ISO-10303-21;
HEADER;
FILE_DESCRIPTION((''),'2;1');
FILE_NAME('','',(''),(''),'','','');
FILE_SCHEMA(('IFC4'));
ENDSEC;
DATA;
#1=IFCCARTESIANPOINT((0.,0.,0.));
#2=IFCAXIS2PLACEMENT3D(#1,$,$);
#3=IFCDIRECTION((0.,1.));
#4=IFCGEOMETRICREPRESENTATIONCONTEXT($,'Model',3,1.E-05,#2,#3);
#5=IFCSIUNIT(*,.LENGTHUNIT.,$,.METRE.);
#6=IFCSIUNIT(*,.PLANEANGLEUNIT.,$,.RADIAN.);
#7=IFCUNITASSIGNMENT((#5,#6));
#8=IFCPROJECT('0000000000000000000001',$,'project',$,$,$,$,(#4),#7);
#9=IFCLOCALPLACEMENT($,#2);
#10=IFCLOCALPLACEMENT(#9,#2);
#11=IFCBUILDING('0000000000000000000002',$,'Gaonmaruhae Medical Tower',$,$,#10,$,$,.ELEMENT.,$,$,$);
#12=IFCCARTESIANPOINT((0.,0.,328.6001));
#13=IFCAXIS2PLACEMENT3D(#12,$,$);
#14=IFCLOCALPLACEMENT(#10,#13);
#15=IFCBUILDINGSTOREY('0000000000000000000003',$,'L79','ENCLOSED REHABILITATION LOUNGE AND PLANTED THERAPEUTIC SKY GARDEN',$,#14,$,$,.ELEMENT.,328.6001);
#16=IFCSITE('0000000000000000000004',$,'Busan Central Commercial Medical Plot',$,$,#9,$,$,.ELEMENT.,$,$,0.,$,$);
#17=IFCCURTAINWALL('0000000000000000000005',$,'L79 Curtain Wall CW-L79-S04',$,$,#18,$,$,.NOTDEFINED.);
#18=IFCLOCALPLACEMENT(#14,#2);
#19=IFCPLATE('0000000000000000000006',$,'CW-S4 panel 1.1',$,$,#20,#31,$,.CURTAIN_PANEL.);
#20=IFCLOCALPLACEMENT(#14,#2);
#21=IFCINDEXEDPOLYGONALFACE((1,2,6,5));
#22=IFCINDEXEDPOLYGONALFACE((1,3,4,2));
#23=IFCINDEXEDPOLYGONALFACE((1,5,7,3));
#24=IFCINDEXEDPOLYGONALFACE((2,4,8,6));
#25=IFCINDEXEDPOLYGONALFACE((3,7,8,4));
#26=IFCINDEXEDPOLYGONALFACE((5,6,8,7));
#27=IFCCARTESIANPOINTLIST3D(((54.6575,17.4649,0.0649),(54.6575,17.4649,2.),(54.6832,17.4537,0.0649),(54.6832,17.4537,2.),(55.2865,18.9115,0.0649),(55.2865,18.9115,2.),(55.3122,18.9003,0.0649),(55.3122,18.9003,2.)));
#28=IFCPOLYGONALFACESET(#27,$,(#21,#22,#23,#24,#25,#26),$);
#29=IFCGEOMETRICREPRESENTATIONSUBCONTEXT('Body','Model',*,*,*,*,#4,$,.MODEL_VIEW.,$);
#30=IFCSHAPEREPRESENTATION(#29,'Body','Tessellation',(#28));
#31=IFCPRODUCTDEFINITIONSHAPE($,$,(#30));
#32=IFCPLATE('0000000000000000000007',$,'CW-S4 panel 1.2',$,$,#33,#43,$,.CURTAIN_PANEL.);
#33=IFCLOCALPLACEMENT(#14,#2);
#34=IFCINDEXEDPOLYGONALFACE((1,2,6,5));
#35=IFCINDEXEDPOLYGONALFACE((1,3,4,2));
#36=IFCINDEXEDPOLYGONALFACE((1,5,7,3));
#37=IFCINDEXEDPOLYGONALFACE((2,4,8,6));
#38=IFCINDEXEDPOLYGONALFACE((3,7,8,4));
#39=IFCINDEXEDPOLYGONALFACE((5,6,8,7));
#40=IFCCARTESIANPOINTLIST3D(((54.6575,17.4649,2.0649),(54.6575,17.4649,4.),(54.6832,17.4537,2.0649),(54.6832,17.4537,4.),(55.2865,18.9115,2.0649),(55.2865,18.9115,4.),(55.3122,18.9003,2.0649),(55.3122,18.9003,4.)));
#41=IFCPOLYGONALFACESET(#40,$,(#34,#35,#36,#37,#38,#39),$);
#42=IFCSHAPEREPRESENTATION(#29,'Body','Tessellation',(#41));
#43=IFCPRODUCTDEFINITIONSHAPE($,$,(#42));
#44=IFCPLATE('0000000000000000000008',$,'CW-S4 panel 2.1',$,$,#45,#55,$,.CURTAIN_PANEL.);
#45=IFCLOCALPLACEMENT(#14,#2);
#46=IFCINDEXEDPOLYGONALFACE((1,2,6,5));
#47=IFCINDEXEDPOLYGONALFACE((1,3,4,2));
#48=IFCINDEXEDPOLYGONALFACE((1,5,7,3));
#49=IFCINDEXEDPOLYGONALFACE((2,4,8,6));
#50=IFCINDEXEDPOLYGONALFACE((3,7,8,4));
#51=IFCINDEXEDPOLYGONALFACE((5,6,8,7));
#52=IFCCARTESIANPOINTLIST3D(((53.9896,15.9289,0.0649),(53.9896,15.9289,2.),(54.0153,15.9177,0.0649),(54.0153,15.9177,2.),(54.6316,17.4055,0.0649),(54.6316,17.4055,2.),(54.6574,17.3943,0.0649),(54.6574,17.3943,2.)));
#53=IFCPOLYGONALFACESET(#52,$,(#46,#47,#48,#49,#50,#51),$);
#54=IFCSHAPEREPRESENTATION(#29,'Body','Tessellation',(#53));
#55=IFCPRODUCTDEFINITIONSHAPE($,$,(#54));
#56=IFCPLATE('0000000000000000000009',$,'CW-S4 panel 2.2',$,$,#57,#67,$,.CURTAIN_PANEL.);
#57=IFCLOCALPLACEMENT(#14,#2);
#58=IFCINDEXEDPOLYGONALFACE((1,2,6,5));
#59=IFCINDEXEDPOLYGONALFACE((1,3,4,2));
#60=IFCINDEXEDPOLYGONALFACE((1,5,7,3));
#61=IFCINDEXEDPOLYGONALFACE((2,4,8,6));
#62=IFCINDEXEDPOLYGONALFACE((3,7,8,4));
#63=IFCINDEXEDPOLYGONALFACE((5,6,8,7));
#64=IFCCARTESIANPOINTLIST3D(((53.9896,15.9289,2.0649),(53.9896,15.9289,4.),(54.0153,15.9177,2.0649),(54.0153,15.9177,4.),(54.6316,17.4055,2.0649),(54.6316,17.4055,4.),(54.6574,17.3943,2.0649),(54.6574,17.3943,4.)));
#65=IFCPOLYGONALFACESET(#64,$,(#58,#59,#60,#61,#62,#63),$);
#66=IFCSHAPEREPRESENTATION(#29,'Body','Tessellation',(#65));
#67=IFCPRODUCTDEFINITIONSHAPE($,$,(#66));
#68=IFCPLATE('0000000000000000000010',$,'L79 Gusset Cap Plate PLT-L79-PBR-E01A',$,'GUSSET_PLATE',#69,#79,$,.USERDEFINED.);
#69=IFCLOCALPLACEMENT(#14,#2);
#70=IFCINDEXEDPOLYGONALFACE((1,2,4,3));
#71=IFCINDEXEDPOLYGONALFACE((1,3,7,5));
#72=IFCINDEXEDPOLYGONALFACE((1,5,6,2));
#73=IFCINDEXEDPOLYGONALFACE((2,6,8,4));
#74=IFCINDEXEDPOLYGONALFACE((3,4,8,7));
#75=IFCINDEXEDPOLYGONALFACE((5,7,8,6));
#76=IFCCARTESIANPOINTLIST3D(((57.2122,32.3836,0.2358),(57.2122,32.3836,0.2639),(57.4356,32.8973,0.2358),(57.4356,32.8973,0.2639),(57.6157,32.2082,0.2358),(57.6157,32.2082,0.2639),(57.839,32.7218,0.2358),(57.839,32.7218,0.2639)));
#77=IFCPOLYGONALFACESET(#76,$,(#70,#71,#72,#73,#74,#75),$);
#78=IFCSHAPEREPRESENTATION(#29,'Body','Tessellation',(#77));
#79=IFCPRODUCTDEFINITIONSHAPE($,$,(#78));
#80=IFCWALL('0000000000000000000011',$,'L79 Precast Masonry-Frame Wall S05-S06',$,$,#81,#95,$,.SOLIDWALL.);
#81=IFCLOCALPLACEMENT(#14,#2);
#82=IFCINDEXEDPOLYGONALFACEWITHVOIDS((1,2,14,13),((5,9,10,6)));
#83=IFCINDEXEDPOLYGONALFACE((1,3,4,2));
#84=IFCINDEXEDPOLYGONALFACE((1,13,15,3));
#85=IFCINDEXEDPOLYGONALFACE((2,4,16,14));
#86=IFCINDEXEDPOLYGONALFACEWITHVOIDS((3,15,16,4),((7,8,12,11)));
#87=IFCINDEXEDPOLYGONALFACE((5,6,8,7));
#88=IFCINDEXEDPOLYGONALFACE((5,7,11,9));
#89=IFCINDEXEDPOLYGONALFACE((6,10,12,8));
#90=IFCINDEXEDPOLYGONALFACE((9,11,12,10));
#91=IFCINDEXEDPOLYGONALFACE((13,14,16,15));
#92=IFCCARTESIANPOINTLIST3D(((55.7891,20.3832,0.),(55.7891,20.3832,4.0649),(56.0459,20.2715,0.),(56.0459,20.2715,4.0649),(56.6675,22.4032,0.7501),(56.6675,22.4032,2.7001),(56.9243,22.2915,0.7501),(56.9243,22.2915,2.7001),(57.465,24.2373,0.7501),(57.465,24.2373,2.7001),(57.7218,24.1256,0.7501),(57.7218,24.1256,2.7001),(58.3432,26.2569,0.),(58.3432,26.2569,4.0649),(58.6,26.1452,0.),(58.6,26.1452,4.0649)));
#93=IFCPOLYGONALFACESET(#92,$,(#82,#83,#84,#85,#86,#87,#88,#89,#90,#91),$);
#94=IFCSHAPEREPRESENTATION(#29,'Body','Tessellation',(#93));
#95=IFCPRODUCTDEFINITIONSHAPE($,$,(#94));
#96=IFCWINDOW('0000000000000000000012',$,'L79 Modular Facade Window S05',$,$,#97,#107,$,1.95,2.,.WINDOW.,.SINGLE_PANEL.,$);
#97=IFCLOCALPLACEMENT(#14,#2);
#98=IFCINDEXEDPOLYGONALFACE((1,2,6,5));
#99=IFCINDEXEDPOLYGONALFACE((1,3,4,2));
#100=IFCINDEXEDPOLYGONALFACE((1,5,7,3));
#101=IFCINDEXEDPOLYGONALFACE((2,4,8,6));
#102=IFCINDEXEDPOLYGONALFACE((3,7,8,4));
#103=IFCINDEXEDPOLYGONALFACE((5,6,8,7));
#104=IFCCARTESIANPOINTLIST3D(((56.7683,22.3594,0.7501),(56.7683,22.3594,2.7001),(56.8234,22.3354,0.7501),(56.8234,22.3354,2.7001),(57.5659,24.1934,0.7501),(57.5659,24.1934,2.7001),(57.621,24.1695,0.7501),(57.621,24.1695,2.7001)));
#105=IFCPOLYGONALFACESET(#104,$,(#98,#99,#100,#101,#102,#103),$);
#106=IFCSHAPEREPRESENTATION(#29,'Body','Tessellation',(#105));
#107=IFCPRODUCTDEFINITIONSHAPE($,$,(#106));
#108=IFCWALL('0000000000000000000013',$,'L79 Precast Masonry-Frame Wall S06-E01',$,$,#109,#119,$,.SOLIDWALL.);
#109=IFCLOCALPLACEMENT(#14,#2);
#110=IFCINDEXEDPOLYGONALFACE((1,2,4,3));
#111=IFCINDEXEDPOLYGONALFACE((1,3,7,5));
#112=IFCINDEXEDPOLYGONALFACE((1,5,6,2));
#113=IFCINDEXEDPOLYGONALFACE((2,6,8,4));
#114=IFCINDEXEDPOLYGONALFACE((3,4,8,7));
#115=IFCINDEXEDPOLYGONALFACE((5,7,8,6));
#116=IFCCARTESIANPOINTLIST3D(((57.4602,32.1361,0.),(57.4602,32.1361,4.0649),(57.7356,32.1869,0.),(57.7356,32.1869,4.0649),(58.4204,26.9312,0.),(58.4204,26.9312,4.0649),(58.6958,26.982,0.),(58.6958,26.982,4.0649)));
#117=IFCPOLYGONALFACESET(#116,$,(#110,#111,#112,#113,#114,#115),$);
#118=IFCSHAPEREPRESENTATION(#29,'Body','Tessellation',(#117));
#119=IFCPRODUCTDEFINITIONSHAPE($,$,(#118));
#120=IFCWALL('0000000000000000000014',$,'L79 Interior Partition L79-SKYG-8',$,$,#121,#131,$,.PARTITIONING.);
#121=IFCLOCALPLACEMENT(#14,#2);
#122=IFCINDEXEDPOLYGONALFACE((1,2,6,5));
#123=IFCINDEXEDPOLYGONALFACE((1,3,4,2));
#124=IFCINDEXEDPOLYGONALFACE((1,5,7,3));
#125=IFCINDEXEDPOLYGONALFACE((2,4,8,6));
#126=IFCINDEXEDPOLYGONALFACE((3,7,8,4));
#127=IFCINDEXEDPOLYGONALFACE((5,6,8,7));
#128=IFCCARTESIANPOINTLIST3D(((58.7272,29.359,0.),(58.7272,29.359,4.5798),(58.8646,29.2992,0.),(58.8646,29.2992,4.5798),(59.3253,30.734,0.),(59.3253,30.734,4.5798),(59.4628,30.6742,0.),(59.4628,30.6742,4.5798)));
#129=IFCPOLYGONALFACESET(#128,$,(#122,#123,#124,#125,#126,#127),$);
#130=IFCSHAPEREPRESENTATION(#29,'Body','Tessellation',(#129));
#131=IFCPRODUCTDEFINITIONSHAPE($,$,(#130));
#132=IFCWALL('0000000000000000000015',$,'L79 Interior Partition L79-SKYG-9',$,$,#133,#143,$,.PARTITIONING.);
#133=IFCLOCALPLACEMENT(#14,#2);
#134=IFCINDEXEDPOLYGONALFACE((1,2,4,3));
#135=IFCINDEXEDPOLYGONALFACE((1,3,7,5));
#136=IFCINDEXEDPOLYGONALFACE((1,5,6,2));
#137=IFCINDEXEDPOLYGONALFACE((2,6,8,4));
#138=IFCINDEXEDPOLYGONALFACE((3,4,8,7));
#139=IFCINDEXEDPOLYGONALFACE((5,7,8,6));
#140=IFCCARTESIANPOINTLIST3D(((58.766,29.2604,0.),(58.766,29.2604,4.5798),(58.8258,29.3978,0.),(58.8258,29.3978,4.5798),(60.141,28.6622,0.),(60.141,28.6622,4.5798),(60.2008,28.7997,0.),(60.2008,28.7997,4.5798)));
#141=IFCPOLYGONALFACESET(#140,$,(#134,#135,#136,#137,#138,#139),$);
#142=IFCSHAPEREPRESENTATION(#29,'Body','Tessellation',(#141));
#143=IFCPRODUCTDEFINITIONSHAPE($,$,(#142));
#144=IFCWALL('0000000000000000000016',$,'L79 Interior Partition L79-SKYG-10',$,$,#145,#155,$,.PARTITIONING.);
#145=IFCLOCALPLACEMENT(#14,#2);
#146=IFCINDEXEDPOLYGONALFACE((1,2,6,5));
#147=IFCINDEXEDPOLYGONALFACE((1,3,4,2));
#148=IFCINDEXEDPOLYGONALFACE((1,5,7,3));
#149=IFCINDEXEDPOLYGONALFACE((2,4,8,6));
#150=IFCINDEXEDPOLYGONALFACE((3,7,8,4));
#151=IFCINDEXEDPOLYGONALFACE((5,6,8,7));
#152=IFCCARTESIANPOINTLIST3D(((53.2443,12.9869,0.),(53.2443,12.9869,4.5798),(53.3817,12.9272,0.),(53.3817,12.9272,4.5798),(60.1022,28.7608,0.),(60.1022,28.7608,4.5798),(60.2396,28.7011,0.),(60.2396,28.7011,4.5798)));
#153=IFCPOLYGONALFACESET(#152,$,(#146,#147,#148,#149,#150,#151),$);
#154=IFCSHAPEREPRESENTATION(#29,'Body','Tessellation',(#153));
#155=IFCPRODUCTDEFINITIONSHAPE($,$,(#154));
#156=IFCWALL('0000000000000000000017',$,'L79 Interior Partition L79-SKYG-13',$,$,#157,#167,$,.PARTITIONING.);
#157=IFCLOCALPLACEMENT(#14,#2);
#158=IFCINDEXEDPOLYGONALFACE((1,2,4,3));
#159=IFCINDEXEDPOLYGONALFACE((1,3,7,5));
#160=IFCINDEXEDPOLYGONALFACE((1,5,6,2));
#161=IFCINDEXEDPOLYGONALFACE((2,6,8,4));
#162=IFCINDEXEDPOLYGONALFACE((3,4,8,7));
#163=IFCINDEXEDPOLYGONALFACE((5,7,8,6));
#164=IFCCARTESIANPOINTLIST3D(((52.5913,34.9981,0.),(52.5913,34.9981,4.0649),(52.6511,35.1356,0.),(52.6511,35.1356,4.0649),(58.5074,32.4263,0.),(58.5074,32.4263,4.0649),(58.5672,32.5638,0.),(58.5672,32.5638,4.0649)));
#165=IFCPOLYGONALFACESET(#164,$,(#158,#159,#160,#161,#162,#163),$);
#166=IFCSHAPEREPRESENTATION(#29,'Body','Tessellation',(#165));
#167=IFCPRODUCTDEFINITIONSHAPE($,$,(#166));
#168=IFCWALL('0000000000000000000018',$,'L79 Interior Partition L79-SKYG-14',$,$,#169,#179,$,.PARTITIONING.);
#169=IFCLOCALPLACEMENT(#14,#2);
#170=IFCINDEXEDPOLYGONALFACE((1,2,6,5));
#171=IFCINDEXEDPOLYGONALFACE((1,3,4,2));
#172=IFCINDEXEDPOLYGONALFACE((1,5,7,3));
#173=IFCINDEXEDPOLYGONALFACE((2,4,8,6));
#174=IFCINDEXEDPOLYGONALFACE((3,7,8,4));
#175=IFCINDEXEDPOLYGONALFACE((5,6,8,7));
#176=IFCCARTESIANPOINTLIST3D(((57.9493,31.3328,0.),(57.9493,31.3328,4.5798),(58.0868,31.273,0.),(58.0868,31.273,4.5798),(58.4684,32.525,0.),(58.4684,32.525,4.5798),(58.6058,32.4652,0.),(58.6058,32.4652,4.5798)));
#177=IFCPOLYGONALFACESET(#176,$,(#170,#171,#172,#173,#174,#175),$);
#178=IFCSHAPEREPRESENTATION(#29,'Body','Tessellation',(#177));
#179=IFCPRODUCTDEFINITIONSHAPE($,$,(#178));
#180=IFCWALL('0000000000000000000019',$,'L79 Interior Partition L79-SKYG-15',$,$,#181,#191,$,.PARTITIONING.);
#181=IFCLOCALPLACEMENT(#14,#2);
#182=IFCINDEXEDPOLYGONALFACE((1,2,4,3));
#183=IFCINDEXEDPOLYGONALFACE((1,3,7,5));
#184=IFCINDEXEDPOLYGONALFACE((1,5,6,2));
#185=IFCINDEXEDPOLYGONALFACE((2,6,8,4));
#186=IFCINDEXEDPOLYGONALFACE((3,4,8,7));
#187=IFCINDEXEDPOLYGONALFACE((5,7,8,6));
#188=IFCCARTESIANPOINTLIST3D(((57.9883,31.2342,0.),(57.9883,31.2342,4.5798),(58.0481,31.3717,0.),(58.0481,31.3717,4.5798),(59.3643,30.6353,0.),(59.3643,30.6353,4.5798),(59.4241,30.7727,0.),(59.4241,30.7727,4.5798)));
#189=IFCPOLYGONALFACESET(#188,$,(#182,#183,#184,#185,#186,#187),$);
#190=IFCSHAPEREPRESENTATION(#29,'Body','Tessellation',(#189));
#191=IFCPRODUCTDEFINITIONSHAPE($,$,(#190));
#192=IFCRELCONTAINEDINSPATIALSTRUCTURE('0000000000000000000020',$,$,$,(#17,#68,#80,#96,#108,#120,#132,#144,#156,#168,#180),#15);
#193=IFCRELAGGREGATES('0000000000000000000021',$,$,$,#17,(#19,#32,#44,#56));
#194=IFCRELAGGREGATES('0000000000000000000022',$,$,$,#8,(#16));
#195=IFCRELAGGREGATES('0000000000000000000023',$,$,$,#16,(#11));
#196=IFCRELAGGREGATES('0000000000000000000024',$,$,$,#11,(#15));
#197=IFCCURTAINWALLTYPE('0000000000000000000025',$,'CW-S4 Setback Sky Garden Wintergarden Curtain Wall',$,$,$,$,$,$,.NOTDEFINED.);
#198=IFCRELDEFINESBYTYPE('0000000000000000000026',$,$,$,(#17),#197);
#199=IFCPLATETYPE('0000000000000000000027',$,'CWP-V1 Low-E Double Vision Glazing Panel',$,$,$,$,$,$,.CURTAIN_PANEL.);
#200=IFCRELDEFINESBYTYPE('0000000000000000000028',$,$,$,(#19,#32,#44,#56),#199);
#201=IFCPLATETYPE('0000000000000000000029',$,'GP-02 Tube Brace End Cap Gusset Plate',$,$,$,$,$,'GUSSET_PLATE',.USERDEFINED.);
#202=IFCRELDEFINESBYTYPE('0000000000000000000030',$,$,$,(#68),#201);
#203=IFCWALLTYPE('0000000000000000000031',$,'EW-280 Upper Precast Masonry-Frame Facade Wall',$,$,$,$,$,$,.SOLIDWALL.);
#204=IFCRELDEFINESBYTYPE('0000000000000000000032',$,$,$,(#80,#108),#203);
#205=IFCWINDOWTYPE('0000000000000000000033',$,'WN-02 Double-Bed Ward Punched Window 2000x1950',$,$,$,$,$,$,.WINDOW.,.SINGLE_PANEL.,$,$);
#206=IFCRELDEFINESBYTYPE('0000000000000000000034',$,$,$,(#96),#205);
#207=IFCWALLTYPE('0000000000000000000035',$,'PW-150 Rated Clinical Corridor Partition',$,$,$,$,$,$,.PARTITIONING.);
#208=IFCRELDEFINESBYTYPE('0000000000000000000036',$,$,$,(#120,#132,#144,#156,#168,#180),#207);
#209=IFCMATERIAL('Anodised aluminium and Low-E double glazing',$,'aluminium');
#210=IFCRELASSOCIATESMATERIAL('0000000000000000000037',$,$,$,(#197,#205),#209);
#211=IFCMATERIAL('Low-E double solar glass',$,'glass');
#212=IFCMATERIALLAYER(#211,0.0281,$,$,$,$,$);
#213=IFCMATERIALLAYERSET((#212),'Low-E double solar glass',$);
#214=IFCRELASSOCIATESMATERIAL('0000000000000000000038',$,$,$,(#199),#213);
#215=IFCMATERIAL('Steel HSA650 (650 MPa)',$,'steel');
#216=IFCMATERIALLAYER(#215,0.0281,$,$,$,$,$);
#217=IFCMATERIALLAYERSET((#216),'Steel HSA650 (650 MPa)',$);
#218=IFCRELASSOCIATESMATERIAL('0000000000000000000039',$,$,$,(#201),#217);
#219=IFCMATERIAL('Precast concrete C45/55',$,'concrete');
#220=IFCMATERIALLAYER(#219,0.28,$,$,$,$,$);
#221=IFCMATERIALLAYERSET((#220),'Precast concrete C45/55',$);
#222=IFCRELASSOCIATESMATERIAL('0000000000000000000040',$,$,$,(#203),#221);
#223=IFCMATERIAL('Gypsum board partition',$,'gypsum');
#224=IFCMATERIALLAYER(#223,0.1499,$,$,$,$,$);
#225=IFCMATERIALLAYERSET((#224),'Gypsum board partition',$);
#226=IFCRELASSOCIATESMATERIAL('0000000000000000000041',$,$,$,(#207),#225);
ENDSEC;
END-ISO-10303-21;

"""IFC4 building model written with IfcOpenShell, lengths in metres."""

from ifc_helpers import new_model, si_unit, direction, frame, frame_2d, origin, origin_2d, place, context, subcontext, project, spatial, rectangle, extrude, material, layer, layer_set, type_object, element, fill, aggregate, save


model = new_model("IFC4")

# Units and contexts
model_context = context("Model", 3, precision=1e-05, world=origin(), true_north=direction((0.0, 1.0)))
body_context = subcontext(model_context, "Body", "Model", "MODEL_VIEW")
ifc_project = project(units=[si_unit("LENGTHUNIT", "METRE"), si_unit("PLANEANGLEUNIT", "RADIAN")], contexts=[model_context])

# Site, building, storey
site_placement = place(None, origin())
site = spatial("IfcSite", under=ifc_project, at=site_placement, Name="Busan Central Commercial Medical Plot", CompositionType="ELEMENT", RefElevation=0.0)
building_placement = place(site_placement, origin())
building = spatial("IfcBuilding", under=site, at=building_placement, Name="Gaonmaruhae Medical Tower", CompositionType="ELEMENT")
storey_placement = place(building_placement, frame((0.0, 0.0, 328.6001)))
storey = spatial("IfcBuildingStorey", under=building, at=storey_placement, Name="L79", Description="ENCLOSED REHABILITATION LOUNGE AND PLANTED THERAPEUTIC SKY GARDEN", CompositionType="ELEMENT", Elevation=328.6001)

# Curtain wall
ifc_material_1 = material(Name="Anodised aluminium and Low-E double glazing", Category="aluminium")
curtain_wall_type = type_object("IfcCurtainWallType", Name="CW-S4 Setback Sky Garden Wintergarden Curtain Wall", PredefinedType="NOTDEFINED", material=ifc_material_1)
curtain_wall_placement = place(storey_placement, origin())
curtain_wall = element("IfcCurtainWall", 1, at=curtain_wall_placement, inside=storey, type_object=curtain_wall_type, Name="L79 Curtain Wall CW-L79-S04", PredefinedType="NOTDEFINED")

# Plates
ifc_material_2 = material(Name="Low-E double solar glass", Category="glass")
ifc_layer_1 = layer(ifc_material_2, 0.0281)
ifc_layer_set_1 = layer_set([ifc_layer_1], Name="Low-E double solar glass")
plate_type_1 = type_object("IfcPlateType", Name="CWP-V1 Low-E Double Vision Glazing Panel", PredefinedType="CURTAIN_PANEL", material=ifc_layer_set_1)
plate_1_placement = place(storey_placement, frame((54.9849, 18.1826, 0.0649), z_axis=(0.0, 0.0, 1.0), x_axis=(-0.398749, -0.91706, 0.0)))
plate_1 = element("IfcPlate", 2, at=plate_1_placement, type_object=plate_type_1, Name="CW-S4 panel 1.1", PredefinedType="CURTAIN_PANEL", context=body_context, shape_type="SweptSolid", body=[
    extrude(rectangle(XDim=1.5774, YDim=0.0281, at=origin_2d()), origin(), (0.0, 0.0, 1.0), 1.9351),
])
plate_2_placement = place(storey_placement, frame((54.9849, 18.1826, 2.0649), z_axis=(0.0, 0.0, 1.0), x_axis=(-0.398749, -0.91706, 0.0)))
plate_2 = element("IfcPlate", 3, at=plate_2_placement, type_object=plate_type_1, Name="CW-S4 panel 1.2", PredefinedType="CURTAIN_PANEL", context=body_context, shape_type="SweptSolid", body=[
    extrude(rectangle(XDim=1.5774, YDim=0.0281, at=origin_2d()), origin(), (0.0, 0.0, 1.0), 1.9351),
])
plate_3_placement = place(storey_placement, frame((54.3235, 16.6616, 0.0649), z_axis=(0.0, 0.0, 1.0), x_axis=(-0.398749, -0.91706, 0.0)))
plate_3 = element("IfcPlate", 4, at=plate_3_placement, type_object=plate_type_1, Name="CW-S4 panel 2.1", PredefinedType="CURTAIN_PANEL", context=body_context, shape_type="SweptSolid", body=[
    extrude(rectangle(XDim=1.6101, YDim=0.0281, at=origin_2d()), origin(), (0.0, 0.0, 1.0), 1.9351),
])
plate_4_placement = place(storey_placement, frame((54.3235, 16.6616, 2.0649), z_axis=(0.0, 0.0, 1.0), x_axis=(-0.398749, -0.91706, 0.0)))
plate_4 = element("IfcPlate", 5, at=plate_4_placement, type_object=plate_type_1, Name="CW-S4 panel 2.2", PredefinedType="CURTAIN_PANEL", context=body_context, shape_type="SweptSolid", body=[
    extrude(rectangle(XDim=1.6101, YDim=0.0281, at=origin_2d()), origin(), (0.0, 0.0, 1.0), 1.9351),
])
aggregate(curtain_wall, [plate_1, plate_2, plate_3, plate_4])
ifc_material_3 = material(Name="Steel HSA650 (650 MPa)", Category="steel")
ifc_layer_2 = layer(ifc_material_3, 0.0281)
ifc_layer_set_2 = layer_set([ifc_layer_2], Name="Steel HSA650 (650 MPa)")
plate_type_2 = type_object("IfcPlateType", Name="GP-02 Tube Brace End Cap Gusset Plate", ElementType="GUSSET_PLATE", PredefinedType="USERDEFINED", material=ifc_layer_set_2)
plate_5_placement = place(storey_placement, frame((57.5256, 32.5527, 0.2358), z_axis=(0.0, 0.0, 1.0), x_axis=(0.398749, 0.91706, 0.0)))
element("IfcPlate", 6, at=plate_5_placement, inside=storey, type_object=plate_type_2, Name="L79 Gusset Cap Plate PLT-L79-PBR-E01A", ObjectType="GUSSET_PLATE", PredefinedType="USERDEFINED", context=body_context, shape_type="SweptSolid", body=[
    extrude(rectangle(XDim=0.5601, YDim=0.4399, at=origin_2d()), origin(), (0.0, 0.0, 1.0), 0.0281),
])

# Wall, opening, window
ifc_material_4 = material(Name="Precast concrete C45/55", Category="concrete")
ifc_layer_3 = layer(ifc_material_4, 0.28)
ifc_layer_set_3 = layer_set([ifc_layer_3], Name="Precast concrete C45/55")
wall_type_1 = type_object("IfcWallType", Name="EW-280 Upper Precast Masonry-Frame Facade Wall", PredefinedType="SOLIDWALL", material=ifc_layer_set_3)
wall_1_placement = place(storey_placement, frame((58.4717, 26.2012, 0.0), z_axis=(0.0, 0.0, 1.0), x_axis=(-0.398776, -0.917048, 0.0)))
wall_1 = element("IfcWall", 7, at=wall_1_placement, inside=storey, type_object=wall_type_1, Name="L79 Precast Masonry-Frame Wall S05-S06", PredefinedType="SOLIDWALL", context=body_context, shape_type="SweptSolid", body=[
    extrude(rectangle(XDim=6.405, YDim=0.28, at=frame_2d((3.2026, 0.0))), origin(), (0.0, 0.0, 1.0), 4.0649),
])
opening_placement = place(wall_1_placement, frame((2.2024, 0.0, 0.75)))
opening = element("IfcOpeningElement", 8, at=opening_placement, cuts=wall_1, PredefinedType="OPENING", context=body_context, shape_type="SweptSolid", body=[
    extrude(rectangle(XDim=2.0, YDim=1.95, at=frame_2d((1.0, 0.9751))), frame((0.0, 0.1499, 0.0), z_axis=(0.0, -1.0, 0.0), x_axis=(1.0, 0.0, 0.0)), (0.0, 0.0, 1.0), 0.3),
])
window_type = type_object("IfcWindowType", Name="WN-02 Double-Bed Ward Punched Window 2000x1950", PartitioningType="SINGLE_PANEL", PredefinedType="WINDOW", material=ifc_material_1)
window_placement = place(opening_placement, origin())
window = element("IfcWindow", 9, at=window_placement, inside=storey, type_object=window_type, Name="L79 Modular Facade Window S05", OverallHeight=1.95, OverallWidth=2.0, PartitioningType="SINGLE_PANEL", PredefinedType="WINDOW", context=body_context, shape_type="SweptSolid", body=[
    extrude(rectangle(XDim=2.0, YDim=1.95, at=frame_2d((1.0, 0.9751))), frame((0.0, 0.03, 0.0), z_axis=(0.0, -1.0, 0.0), x_axis=(1.0, 0.0, 0.0)), (0.0, 0.0, 1.0), 0.0601),
])
fill(opening, window)

# Walls
wall_2_placement = place(storey_placement, frame((57.5979, 32.1616, 0.0), z_axis=(0.0, 0.0, 1.0), x_axis=(0.181422, -0.983405, 0.0)))
element("IfcWall", 10, at=wall_2_placement, inside=storey, type_object=wall_type_1, Name="L79 Precast Masonry-Frame Wall S06-E01", PredefinedType="SOLIDWALL", context=body_context, shape_type="SweptSolid", body=[
    extrude(rectangle(XDim=5.2927, YDim=0.28, at=frame_2d((2.6465, 0.0))), origin(), (0.0, 0.0, 1.0), 4.0649),
])
ifc_material_5 = material(Name="Gypsum board partition", Category="gypsum")
ifc_layer_4 = layer(ifc_material_5, 0.1499)
ifc_layer_set_4 = layer_set([ifc_layer_4], Name="Gypsum board partition")
wall_type_2 = type_object("IfcWallType", Name="PW-150 Rated Clinical Corridor Partition", PredefinedType="PARTITIONING", material=ifc_layer_set_4)
for number, where, z_axis, x_axis, name in (
    (11, (59.394, 30.7041, 0.0), (0.0, 0.0, 1.0), (-0.398905, -0.916992, 0.0), "L79 Interior Partition L79-SKYG-8"),
    (12, (58.7959, 29.3291, 0.0), (0.0, 0.0, 1.0), (0.916992, -0.398905, 0.0), "L79 Interior Partition L79-SKYG-9"),
):
    element("IfcWall", number, at=place(storey_placement, frame(where, z_axis=z_axis, x_axis=x_axis)), inside=storey, type_object=wall_type_2, Name=name, PredefinedType="PARTITIONING", context=body_context, shape_type="SweptSolid", body=[
        extrude(rectangle(XDim=1.4995, YDim=0.1499, at=frame_2d((0.7498, 0.0))), origin(), (0.0, 0.0, 1.0), 4.5798),
    ])
wall_3_placement = place(storey_placement, frame((60.1709, 28.731, 0.0), z_axis=(0.0, 0.0, 1.0), x_axis=(-0.398711, -0.917077, 0.0)))
element("IfcWall", 13, at=wall_3_placement, inside=storey, type_object=wall_type_2, Name="L79 Interior Partition L79-SKYG-10", PredefinedType="PARTITIONING", context=body_context, shape_type="SweptSolid", body=[
    extrude(rectangle(XDim=17.2002, YDim=0.1499, at=frame_2d((8.6001, 0.0))), origin(), (0.0, 0.0, 1.0), 4.5798),
])
wall_4_placement = place(storey_placement, frame((52.6211, 35.0669, 0.0), z_axis=(0.0, 0.0, 1.0), x_axis=(0.917093, -0.398674, 0.0)))
element("IfcWall", 14, at=wall_4_placement, inside=storey, type_object=wall_type_2, Name="L79 Interior Partition L79-SKYG-13", PredefinedType="PARTITIONING", context=body_context, shape_type="SweptSolid", body=[
    extrude(rectangle(XDim=6.4509, YDim=0.1499, at=frame_2d((3.2256, 0.0))), origin(), (0.0, 0.0, 1.0), 4.0649),
])
wall_5_placement = place(storey_placement, frame((58.5371, 32.4951, 0.0), z_axis=(0.0, 0.0, 1.0), x_axis=(-0.399193, -0.916867, 0.0)))
element("IfcWall", 15, at=wall_5_placement, inside=storey, type_object=wall_type_2, Name="L79 Interior Partition L79-SKYG-14", PredefinedType="PARTITIONING", context=body_context, shape_type="SweptSolid", body=[
    extrude(rectangle(XDim=1.3003, YDim=0.1499, at=frame_2d((0.6501, 0.0))), origin(), (0.0, 0.0, 1.0), 4.5798),
])
wall_6_placement = place(storey_placement, frame((58.0181, 31.303, 0.0), z_axis=(0.0, 0.0, 1.0), x_axis=(0.916917, -0.399077, 0.0)))
element("IfcWall", 16, at=wall_6_placement, inside=storey, type_object=wall_type_2, Name="L79 Interior Partition L79-SKYG-15", PredefinedType="PARTITIONING", context=body_context, shape_type="SweptSolid", body=[
    extrude(rectangle(XDim=1.5007, YDim=0.1499, at=frame_2d((0.7505, 0.0))), origin(), (0.0, 0.0, 1.0), 4.5798),
])

save(model, "model.ifc")
